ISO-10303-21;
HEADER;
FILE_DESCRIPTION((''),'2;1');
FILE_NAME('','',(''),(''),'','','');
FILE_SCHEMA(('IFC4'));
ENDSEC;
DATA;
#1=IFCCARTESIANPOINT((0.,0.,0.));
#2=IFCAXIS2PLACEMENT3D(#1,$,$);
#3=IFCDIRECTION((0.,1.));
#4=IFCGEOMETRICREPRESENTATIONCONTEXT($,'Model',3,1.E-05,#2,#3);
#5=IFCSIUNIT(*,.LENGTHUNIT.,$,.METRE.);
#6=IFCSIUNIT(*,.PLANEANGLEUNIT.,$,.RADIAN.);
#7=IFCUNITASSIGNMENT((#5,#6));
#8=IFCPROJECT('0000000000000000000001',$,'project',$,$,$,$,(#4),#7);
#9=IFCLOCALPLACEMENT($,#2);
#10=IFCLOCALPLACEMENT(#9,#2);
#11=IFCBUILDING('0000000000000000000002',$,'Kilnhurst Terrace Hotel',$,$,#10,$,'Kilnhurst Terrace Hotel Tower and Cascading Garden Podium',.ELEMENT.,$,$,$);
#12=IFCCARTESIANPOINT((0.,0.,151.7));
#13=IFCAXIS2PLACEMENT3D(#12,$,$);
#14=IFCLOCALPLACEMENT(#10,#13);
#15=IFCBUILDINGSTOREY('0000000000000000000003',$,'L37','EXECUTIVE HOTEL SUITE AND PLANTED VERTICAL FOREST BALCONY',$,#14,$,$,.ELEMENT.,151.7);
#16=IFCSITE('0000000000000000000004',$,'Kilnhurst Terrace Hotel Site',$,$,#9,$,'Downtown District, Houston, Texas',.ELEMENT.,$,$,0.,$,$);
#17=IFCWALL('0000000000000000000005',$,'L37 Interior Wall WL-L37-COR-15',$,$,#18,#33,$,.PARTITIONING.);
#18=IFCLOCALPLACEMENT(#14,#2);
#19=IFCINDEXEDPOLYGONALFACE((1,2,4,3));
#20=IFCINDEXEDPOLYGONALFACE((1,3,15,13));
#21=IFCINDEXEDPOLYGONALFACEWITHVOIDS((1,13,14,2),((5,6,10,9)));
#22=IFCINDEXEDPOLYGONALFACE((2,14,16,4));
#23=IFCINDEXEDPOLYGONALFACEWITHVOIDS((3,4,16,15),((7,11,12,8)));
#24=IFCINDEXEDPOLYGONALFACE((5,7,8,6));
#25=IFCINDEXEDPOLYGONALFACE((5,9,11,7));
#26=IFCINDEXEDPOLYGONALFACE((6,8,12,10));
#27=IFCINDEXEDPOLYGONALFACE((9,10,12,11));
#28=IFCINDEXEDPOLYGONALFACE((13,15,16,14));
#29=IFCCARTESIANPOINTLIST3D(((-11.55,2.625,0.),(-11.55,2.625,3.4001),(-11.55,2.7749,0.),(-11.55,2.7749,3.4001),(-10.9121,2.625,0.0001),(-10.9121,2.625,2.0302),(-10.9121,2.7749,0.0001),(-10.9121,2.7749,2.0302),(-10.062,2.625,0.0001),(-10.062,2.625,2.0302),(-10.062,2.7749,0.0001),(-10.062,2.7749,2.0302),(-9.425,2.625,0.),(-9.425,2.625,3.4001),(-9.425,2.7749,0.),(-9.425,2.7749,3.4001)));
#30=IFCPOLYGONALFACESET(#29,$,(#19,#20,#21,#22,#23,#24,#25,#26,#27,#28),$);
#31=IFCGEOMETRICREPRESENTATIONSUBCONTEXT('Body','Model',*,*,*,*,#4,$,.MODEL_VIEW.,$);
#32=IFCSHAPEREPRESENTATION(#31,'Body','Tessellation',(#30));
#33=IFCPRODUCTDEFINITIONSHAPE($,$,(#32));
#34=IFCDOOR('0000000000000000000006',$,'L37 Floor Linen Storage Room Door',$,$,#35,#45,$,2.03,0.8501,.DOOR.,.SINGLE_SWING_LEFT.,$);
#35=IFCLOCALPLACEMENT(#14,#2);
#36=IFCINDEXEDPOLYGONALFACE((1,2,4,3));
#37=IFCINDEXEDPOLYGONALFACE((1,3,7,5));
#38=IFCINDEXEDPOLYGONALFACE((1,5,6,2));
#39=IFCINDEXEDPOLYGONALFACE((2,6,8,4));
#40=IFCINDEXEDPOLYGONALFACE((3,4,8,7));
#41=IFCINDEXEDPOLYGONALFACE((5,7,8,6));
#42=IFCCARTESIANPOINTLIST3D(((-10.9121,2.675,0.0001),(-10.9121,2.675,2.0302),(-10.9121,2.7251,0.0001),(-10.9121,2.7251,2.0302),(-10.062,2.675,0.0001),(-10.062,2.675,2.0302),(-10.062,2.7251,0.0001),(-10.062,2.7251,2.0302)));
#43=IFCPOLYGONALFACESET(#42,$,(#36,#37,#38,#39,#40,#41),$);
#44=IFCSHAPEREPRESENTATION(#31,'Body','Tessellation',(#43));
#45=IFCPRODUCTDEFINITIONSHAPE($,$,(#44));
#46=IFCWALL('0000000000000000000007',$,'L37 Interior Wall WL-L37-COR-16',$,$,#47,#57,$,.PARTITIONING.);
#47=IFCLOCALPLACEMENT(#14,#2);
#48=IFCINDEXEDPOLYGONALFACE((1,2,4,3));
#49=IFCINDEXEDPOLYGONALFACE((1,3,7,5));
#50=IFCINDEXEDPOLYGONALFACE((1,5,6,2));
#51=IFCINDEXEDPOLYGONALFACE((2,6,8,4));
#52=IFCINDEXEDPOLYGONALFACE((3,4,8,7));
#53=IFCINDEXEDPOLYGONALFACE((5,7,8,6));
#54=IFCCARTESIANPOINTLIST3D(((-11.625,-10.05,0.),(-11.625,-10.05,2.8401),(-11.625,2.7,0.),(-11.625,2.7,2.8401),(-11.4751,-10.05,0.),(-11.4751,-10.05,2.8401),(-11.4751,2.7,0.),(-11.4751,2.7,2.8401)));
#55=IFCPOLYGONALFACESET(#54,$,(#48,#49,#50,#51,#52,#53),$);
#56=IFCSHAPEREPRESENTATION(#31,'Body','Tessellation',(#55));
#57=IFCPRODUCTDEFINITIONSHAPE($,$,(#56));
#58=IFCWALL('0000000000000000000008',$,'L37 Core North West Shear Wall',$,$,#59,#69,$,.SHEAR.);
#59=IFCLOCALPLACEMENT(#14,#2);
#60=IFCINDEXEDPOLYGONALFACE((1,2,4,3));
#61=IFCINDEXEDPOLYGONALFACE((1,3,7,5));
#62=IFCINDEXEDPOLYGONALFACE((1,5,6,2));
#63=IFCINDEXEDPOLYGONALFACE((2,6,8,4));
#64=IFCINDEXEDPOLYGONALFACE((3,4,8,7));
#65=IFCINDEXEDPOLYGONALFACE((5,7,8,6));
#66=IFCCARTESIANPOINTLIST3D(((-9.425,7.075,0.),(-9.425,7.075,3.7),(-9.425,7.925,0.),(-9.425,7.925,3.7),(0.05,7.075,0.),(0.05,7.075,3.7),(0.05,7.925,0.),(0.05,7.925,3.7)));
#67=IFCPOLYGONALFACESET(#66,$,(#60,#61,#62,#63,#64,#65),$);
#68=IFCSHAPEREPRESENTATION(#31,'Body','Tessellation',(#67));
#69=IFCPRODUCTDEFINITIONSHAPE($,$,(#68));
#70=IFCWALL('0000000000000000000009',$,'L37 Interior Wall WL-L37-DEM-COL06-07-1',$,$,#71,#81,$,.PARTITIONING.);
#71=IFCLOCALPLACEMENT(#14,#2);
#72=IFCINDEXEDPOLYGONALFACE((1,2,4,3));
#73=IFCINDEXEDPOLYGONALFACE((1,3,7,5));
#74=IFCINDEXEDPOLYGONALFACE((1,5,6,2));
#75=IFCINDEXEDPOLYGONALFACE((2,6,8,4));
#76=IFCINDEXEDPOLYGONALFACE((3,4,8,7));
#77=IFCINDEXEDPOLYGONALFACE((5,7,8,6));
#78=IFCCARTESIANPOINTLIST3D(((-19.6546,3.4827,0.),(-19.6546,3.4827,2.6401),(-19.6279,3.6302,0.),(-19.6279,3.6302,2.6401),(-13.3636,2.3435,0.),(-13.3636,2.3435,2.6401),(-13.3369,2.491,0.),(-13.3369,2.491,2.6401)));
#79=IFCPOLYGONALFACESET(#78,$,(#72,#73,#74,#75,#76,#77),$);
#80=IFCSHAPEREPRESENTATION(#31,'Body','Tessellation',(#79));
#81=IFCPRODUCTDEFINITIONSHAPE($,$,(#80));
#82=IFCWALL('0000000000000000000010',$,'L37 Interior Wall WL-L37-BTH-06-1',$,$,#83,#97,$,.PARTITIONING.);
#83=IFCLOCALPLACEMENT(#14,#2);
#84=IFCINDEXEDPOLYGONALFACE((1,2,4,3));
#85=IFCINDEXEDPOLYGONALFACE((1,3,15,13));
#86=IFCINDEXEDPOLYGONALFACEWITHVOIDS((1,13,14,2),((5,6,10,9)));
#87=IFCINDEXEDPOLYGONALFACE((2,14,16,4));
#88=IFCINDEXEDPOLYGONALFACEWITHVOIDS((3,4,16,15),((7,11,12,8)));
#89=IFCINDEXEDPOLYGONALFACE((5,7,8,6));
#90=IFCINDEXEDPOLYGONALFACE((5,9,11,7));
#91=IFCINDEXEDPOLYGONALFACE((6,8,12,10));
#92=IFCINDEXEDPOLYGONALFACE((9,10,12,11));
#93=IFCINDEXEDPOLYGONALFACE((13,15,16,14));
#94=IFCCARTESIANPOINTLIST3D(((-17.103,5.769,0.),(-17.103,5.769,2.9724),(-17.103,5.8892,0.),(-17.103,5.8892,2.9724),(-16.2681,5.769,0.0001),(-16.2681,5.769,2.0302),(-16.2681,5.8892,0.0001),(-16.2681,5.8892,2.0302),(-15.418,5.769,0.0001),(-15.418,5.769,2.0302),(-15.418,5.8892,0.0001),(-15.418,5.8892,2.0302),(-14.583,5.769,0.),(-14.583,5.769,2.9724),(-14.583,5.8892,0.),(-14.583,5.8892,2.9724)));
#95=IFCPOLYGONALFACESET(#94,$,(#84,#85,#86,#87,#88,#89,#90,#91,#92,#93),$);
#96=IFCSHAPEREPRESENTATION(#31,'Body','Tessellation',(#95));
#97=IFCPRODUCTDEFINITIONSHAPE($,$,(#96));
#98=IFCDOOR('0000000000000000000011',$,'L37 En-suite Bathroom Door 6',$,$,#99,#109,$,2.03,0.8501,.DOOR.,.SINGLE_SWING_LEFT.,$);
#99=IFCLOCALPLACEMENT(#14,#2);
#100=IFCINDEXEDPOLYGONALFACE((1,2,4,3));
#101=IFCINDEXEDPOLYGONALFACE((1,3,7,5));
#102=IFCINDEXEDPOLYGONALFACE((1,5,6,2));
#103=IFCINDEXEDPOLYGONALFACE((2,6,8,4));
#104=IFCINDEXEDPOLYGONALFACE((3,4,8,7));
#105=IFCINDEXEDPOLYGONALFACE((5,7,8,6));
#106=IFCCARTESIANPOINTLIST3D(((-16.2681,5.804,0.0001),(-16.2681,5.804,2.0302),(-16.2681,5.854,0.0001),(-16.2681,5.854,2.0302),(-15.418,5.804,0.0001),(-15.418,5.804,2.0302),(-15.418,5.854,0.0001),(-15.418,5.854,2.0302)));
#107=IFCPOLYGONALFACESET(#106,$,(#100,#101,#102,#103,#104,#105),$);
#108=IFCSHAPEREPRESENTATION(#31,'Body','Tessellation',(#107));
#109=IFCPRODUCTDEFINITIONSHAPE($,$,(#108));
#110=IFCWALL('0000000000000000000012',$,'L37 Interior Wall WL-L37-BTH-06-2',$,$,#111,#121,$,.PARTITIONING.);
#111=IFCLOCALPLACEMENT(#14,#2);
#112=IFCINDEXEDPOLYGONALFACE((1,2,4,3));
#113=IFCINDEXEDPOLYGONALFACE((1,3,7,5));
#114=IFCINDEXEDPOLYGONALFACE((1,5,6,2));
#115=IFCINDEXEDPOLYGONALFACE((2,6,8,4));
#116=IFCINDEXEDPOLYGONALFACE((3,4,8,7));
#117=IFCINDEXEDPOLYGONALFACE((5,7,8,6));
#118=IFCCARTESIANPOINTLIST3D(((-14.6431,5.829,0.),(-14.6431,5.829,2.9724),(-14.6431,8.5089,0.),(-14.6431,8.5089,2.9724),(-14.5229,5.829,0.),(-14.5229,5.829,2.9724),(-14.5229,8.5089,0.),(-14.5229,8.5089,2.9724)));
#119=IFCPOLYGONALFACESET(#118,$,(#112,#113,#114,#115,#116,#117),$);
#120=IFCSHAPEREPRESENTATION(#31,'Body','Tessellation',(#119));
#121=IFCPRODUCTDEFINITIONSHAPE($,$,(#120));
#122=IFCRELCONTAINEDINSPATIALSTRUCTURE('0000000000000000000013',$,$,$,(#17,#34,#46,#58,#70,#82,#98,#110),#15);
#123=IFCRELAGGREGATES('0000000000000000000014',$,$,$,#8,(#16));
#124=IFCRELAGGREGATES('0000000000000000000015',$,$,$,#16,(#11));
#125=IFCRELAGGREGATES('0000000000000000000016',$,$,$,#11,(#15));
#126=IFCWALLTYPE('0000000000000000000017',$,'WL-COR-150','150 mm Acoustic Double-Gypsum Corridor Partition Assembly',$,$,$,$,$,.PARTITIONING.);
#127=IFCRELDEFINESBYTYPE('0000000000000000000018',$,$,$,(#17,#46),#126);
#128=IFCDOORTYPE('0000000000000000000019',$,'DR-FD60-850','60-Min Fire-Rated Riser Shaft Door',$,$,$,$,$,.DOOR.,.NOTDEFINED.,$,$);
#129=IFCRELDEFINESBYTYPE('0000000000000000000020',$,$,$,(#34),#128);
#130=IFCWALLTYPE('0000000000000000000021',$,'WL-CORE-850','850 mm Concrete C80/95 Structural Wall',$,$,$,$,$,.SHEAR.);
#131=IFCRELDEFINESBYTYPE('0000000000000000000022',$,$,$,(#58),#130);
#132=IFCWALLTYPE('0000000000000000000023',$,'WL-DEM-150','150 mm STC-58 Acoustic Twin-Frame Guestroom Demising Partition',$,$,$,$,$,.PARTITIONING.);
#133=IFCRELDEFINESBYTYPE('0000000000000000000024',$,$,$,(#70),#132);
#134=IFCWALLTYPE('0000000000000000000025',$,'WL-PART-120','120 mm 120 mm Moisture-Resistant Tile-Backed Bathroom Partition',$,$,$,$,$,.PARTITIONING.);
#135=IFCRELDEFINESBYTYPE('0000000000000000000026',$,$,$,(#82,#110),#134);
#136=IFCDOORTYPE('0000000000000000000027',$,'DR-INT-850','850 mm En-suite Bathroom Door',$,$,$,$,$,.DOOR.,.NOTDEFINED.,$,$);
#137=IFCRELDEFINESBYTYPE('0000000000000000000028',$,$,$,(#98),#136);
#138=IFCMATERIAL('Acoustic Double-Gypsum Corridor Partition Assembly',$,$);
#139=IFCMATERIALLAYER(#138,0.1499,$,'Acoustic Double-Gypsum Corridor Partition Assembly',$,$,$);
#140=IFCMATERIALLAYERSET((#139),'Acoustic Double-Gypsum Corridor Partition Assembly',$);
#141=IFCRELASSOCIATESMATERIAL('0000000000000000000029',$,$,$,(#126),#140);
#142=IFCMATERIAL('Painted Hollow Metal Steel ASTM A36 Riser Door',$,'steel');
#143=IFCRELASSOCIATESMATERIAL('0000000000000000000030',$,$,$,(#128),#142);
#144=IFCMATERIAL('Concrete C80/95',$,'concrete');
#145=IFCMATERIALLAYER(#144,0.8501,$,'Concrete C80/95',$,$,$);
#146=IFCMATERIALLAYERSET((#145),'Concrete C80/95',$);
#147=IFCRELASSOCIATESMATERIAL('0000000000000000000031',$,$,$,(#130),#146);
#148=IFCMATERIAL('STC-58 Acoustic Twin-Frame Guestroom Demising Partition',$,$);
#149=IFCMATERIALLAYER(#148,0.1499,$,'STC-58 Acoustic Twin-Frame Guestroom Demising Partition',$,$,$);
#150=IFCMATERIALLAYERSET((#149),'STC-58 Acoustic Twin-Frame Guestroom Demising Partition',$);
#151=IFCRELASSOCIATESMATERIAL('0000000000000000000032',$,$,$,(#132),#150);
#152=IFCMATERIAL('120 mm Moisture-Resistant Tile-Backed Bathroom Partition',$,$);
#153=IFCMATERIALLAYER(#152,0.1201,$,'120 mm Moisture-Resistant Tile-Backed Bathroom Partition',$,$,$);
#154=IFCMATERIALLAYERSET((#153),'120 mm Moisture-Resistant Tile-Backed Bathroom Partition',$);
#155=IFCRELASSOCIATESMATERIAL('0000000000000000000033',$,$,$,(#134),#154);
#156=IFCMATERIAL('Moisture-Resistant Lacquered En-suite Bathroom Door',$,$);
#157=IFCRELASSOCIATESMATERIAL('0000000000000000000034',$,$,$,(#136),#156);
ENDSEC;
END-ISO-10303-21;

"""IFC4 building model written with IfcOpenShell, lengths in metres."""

from ifc_helpers import new_model, si_unit, direction, frame, frame_2d, origin, place, context, subcontext, project, spatial, rectangle, extrude, material, layer, layer_set, type_object, element, fill, save


model = new_model("IFC4")

# Units and contexts
model_context = context("Model", 3, precision=1e-05, world=origin(), true_north=direction((0.0, 1.0)))
body_context = subcontext(model_context, "Body", "Model", "MODEL_VIEW")
ifc_project = project(units=[si_unit("LENGTHUNIT", "METRE"), si_unit("PLANEANGLEUNIT", "RADIAN")], contexts=[model_context])

# Site, building, storey
site_placement = place(None, origin())
site = spatial("IfcSite", under=ifc_project, at=site_placement, Name="Kilnhurst Terrace Hotel Site", LongName="Downtown District, Houston, Texas", CompositionType="ELEMENT", RefElevation=0.0)
building_placement = place(site_placement, origin())
building = spatial("IfcBuilding", under=site, at=building_placement, Name="Kilnhurst Terrace Hotel", LongName="Kilnhurst Terrace Hotel Tower and Cascading Garden Podium", CompositionType="ELEMENT")
storey_placement = place(building_placement, frame((0.0, 0.0, 151.7)))
storey = spatial("IfcBuildingStorey", under=building, at=storey_placement, Name="L37", Description="EXECUTIVE HOTEL SUITE AND PLANTED VERTICAL FOREST BALCONY", CompositionType="ELEMENT", Elevation=151.7)

# Shared definitions
ifc_material_1 = material(Name="Concrete C80/95", Category="concrete")

# Shared definitions
ifc_material_2 = material(Name="Acoustic Double-Gypsum Corridor Partition Assembly")
ifc_layer_1 = layer(ifc_material_2, 0.1499, Name="Acoustic Double-Gypsum Corridor Partition Assembly")
ifc_layer_set_1 = layer_set([ifc_layer_1], Name="Acoustic Double-Gypsum Corridor Partition Assembly")
wall_type_1 = type_object("IfcWallType", Name="WL-COR-150", Description="150 mm Acoustic Double-Gypsum Corridor Partition Assembly", PredefinedType="PARTITIONING", material=ifc_layer_set_1)

# Wall, opening, door
wall_1_placement = place(storey_placement, frame((-9.425, 2.7, 0.0), z_axis=(0.0, 0.0, 1.0), x_axis=(-1.0, 0.0, 0.0)))
wall_1 = element("IfcWall", 1, at=wall_1_placement, inside=storey, type_object=wall_type_1, Name="L37 Interior Wall WL-L37-COR-15", PredefinedType="PARTITIONING", context=body_context, shape_type="SweptSolid", body=[
    extrude(rectangle(XDim=2.125, YDim=0.1499, at=frame_2d((1.0625, 0.0))), origin(), (0.0, 0.0, 1.0), 3.4001),
])
opening_1_placement = place(wall_1_placement, frame((0.637, 0.0, 0.0)))
opening_1 = element("IfcOpeningElement", 2, at=opening_1_placement, cuts=wall_1, PredefinedType="OPENING", context=body_context, shape_type="SweptSolid", body=[
    extrude(rectangle(XDim=0.8501, YDim=2.03, at=frame_2d((0.425, 1.0151))), frame((0.0, 0.085, 0.0), z_axis=(0.0, -1.0, 0.0), x_axis=(1.0, 0.0, 0.0)), (0.0, 0.0, 1.0), 0.1699),
])
ifc_material_3 = material(Name="Painted Hollow Metal Steel ASTM A36 Riser Door", Category="steel")
door_type_1 = type_object("IfcDoorType", Name="DR-FD60-850", Description="60-Min Fire-Rated Riser Shaft Door", OperationType="NOTDEFINED", PredefinedType="DOOR", material=ifc_material_3)
door_1_placement = place(opening_1_placement, origin())
door_1 = element("IfcDoor", 3, at=door_1_placement, inside=storey, type_object=door_type_1, Name="L37 Floor Linen Storage Room Door", OperationType="SINGLE_SWING_LEFT", OverallHeight=2.03, OverallWidth=0.8501, PredefinedType="DOOR", context=body_context, shape_type="SweptSolid", body=[
    extrude(rectangle(XDim=0.8501, YDim=2.03, at=frame_2d((0.425, 1.0151))), frame((0.0, 0.0249, 0.0), z_axis=(0.0, -1.0, 0.0), x_axis=(1.0, 0.0, 0.0)), (0.0, 0.0, 1.0), 0.05),
])
fill(opening_1, door_1)

# Walls
wall_2_placement = place(storey_placement, frame((-11.55, 2.7, 0.0), z_axis=(0.0, 0.0, 1.0), x_axis=(0.0, -1.0, 0.0)))
element("IfcWall", 4, at=wall_2_placement, inside=storey, type_object=wall_type_1, Name="L37 Interior Wall WL-L37-COR-16", PredefinedType="PARTITIONING", context=body_context, shape_type="SweptSolid", body=[
    extrude(rectangle(XDim=12.75, YDim=0.1499, at=frame_2d((6.375, 0.0))), origin(), (0.0, 0.0, 1.0), 2.8401),
])
ifc_layer_2 = layer(ifc_material_1, 0.8501, Name="Concrete C80/95")
ifc_layer_set_2 = layer_set([ifc_layer_2], Name="Concrete C80/95")
wall_type_2 = type_object("IfcWallType", Name="WL-CORE-850", Description="850 mm Concrete C80/95 Structural Wall", PredefinedType="SHEAR", material=ifc_layer_set_2)
wall_3_placement = place(storey_placement, frame((-9.425, 7.5, 0.0), z_axis=(0.0, 0.0, 1.0), x_axis=(1.0, 0.0, 0.0)))
element("IfcWall", 5, at=wall_3_placement, inside=storey, type_object=wall_type_2, Name="L37 Core North West Shear Wall", PredefinedType="SHEAR", context=body_context, shape_type="SweptSolid", body=[
    extrude(rectangle(XDim=9.4751, YDim=0.8501, at=frame_2d((4.7375, 0.0))), origin(), (0.0, 0.0, 1.0), 3.7),
])
ifc_material_4 = material(Name="STC-58 Acoustic Twin-Frame Guestroom Demising Partition")
ifc_layer_3 = layer(ifc_material_4, 0.1499, Name="STC-58 Acoustic Twin-Frame Guestroom Demising Partition")
ifc_layer_set_3 = layer_set([ifc_layer_3], Name="STC-58 Acoustic Twin-Frame Guestroom Demising Partition")
wall_type_3 = type_object("IfcWallType", Name="WL-DEM-150", Description="150 mm STC-58 Acoustic Twin-Frame Guestroom Demising Partition", PredefinedType="PARTITIONING", material=ifc_layer_set_3)
wall_4_placement = place(storey_placement, frame((-13.3501, 2.4172, 0.0), z_axis=(0.0, 0.0, 1.0), x_axis=(-0.983998, 0.17818, 0.0)))
element("IfcWall", 6, at=wall_4_placement, inside=storey, type_object=wall_type_3, Name="L37 Interior Wall WL-L37-DEM-COL06-07-1", PredefinedType="PARTITIONING", context=body_context, shape_type="SweptSolid", body=[
    extrude(rectangle(XDim=6.3933, YDim=0.1499, at=frame_2d((3.1968, 0.0))), origin(), (0.0, 0.0, 1.0), 2.6401),
])

# Wall, opening, door
ifc_material_5 = material(Name="120 mm Moisture-Resistant Tile-Backed Bathroom Partition")
ifc_layer_4 = layer(ifc_material_5, 0.1201, Name="120 mm Moisture-Resistant Tile-Backed Bathroom Partition")
ifc_layer_set_4 = layer_set([ifc_layer_4], Name="120 mm Moisture-Resistant Tile-Backed Bathroom Partition")
wall_type_4 = type_object("IfcWallType", Name="WL-PART-120", Description="120 mm 120 mm Moisture-Resistant Tile-Backed Bathroom Partition", PredefinedType="PARTITIONING", material=ifc_layer_set_4)
wall_5_placement = place(storey_placement, frame((-17.103, 5.8291, 0.0), z_axis=(0.0, 0.0, 1.0), x_axis=(1.0, 0.0, 0.0)))
wall_5 = element("IfcWall", 7, at=wall_5_placement, inside=storey, type_object=wall_type_4, Name="L37 Interior Wall WL-L37-BTH-06-1", PredefinedType="PARTITIONING", context=body_context, shape_type="SweptSolid", body=[
    extrude(rectangle(XDim=2.52, YDim=0.1201, at=frame_2d((1.26, 0.0))), origin(), (0.0, 0.0, 1.0), 2.9724),
])
opening_2_placement = place(wall_5_placement, frame((0.835, 0.0, 0.0)))
opening_2 = element("IfcOpeningElement", 8, at=opening_2_placement, cuts=wall_5, PredefinedType="OPENING", context=body_context, shape_type="SweptSolid", body=[
    extrude(rectangle(XDim=0.8501, YDim=2.03, at=frame_2d((0.425, 1.0151))), frame((0.0, 0.0701, 0.0), z_axis=(0.0, -1.0, 0.0), x_axis=(1.0, 0.0, 0.0)), (0.0, 0.0, 1.0), 0.1401),
])
ifc_material_6 = material(Name="Moisture-Resistant Lacquered En-suite Bathroom Door")
door_type_2 = type_object("IfcDoorType", Name="DR-INT-850", Description="850 mm En-suite Bathroom Door", OperationType="NOTDEFINED", PredefinedType="DOOR", material=ifc_material_6)
door_2_placement = place(opening_2_placement, origin())
door_2 = element("IfcDoor", 9, at=door_2_placement, inside=storey, type_object=door_type_2, Name="L37 En-suite Bathroom Door 6", OperationType="SINGLE_SWING_LEFT", OverallHeight=2.03, OverallWidth=0.8501, PredefinedType="DOOR", context=body_context, shape_type="SweptSolid", body=[
    extrude(rectangle(XDim=0.8501, YDim=2.03, at=frame_2d((0.425, 1.0151))), frame((0.0, 0.0249, 0.0), z_axis=(0.0, -1.0, 0.0), x_axis=(1.0, 0.0, 0.0)), (0.0, 0.0, 1.0), 0.05),
])
fill(opening_2, door_2)

# Wall
wall_6_placement = place(storey_placement, frame((-14.583, 5.8291, 0.0), z_axis=(0.0, 0.0, 1.0), x_axis=(0.0, 1.0, 0.0)))
element("IfcWall", 10, at=wall_6_placement, inside=storey, type_object=wall_type_4, Name="L37 Interior Wall WL-L37-BTH-06-2", PredefinedType="PARTITIONING", context=body_context, shape_type="SweptSolid", body=[
    extrude(rectangle(XDim=2.6799, YDim=0.1201, at=frame_2d((1.3398, 0.0))), origin(), (0.0, 0.0, 1.0), 2.9724),
])

save(model, "model.ifc")
